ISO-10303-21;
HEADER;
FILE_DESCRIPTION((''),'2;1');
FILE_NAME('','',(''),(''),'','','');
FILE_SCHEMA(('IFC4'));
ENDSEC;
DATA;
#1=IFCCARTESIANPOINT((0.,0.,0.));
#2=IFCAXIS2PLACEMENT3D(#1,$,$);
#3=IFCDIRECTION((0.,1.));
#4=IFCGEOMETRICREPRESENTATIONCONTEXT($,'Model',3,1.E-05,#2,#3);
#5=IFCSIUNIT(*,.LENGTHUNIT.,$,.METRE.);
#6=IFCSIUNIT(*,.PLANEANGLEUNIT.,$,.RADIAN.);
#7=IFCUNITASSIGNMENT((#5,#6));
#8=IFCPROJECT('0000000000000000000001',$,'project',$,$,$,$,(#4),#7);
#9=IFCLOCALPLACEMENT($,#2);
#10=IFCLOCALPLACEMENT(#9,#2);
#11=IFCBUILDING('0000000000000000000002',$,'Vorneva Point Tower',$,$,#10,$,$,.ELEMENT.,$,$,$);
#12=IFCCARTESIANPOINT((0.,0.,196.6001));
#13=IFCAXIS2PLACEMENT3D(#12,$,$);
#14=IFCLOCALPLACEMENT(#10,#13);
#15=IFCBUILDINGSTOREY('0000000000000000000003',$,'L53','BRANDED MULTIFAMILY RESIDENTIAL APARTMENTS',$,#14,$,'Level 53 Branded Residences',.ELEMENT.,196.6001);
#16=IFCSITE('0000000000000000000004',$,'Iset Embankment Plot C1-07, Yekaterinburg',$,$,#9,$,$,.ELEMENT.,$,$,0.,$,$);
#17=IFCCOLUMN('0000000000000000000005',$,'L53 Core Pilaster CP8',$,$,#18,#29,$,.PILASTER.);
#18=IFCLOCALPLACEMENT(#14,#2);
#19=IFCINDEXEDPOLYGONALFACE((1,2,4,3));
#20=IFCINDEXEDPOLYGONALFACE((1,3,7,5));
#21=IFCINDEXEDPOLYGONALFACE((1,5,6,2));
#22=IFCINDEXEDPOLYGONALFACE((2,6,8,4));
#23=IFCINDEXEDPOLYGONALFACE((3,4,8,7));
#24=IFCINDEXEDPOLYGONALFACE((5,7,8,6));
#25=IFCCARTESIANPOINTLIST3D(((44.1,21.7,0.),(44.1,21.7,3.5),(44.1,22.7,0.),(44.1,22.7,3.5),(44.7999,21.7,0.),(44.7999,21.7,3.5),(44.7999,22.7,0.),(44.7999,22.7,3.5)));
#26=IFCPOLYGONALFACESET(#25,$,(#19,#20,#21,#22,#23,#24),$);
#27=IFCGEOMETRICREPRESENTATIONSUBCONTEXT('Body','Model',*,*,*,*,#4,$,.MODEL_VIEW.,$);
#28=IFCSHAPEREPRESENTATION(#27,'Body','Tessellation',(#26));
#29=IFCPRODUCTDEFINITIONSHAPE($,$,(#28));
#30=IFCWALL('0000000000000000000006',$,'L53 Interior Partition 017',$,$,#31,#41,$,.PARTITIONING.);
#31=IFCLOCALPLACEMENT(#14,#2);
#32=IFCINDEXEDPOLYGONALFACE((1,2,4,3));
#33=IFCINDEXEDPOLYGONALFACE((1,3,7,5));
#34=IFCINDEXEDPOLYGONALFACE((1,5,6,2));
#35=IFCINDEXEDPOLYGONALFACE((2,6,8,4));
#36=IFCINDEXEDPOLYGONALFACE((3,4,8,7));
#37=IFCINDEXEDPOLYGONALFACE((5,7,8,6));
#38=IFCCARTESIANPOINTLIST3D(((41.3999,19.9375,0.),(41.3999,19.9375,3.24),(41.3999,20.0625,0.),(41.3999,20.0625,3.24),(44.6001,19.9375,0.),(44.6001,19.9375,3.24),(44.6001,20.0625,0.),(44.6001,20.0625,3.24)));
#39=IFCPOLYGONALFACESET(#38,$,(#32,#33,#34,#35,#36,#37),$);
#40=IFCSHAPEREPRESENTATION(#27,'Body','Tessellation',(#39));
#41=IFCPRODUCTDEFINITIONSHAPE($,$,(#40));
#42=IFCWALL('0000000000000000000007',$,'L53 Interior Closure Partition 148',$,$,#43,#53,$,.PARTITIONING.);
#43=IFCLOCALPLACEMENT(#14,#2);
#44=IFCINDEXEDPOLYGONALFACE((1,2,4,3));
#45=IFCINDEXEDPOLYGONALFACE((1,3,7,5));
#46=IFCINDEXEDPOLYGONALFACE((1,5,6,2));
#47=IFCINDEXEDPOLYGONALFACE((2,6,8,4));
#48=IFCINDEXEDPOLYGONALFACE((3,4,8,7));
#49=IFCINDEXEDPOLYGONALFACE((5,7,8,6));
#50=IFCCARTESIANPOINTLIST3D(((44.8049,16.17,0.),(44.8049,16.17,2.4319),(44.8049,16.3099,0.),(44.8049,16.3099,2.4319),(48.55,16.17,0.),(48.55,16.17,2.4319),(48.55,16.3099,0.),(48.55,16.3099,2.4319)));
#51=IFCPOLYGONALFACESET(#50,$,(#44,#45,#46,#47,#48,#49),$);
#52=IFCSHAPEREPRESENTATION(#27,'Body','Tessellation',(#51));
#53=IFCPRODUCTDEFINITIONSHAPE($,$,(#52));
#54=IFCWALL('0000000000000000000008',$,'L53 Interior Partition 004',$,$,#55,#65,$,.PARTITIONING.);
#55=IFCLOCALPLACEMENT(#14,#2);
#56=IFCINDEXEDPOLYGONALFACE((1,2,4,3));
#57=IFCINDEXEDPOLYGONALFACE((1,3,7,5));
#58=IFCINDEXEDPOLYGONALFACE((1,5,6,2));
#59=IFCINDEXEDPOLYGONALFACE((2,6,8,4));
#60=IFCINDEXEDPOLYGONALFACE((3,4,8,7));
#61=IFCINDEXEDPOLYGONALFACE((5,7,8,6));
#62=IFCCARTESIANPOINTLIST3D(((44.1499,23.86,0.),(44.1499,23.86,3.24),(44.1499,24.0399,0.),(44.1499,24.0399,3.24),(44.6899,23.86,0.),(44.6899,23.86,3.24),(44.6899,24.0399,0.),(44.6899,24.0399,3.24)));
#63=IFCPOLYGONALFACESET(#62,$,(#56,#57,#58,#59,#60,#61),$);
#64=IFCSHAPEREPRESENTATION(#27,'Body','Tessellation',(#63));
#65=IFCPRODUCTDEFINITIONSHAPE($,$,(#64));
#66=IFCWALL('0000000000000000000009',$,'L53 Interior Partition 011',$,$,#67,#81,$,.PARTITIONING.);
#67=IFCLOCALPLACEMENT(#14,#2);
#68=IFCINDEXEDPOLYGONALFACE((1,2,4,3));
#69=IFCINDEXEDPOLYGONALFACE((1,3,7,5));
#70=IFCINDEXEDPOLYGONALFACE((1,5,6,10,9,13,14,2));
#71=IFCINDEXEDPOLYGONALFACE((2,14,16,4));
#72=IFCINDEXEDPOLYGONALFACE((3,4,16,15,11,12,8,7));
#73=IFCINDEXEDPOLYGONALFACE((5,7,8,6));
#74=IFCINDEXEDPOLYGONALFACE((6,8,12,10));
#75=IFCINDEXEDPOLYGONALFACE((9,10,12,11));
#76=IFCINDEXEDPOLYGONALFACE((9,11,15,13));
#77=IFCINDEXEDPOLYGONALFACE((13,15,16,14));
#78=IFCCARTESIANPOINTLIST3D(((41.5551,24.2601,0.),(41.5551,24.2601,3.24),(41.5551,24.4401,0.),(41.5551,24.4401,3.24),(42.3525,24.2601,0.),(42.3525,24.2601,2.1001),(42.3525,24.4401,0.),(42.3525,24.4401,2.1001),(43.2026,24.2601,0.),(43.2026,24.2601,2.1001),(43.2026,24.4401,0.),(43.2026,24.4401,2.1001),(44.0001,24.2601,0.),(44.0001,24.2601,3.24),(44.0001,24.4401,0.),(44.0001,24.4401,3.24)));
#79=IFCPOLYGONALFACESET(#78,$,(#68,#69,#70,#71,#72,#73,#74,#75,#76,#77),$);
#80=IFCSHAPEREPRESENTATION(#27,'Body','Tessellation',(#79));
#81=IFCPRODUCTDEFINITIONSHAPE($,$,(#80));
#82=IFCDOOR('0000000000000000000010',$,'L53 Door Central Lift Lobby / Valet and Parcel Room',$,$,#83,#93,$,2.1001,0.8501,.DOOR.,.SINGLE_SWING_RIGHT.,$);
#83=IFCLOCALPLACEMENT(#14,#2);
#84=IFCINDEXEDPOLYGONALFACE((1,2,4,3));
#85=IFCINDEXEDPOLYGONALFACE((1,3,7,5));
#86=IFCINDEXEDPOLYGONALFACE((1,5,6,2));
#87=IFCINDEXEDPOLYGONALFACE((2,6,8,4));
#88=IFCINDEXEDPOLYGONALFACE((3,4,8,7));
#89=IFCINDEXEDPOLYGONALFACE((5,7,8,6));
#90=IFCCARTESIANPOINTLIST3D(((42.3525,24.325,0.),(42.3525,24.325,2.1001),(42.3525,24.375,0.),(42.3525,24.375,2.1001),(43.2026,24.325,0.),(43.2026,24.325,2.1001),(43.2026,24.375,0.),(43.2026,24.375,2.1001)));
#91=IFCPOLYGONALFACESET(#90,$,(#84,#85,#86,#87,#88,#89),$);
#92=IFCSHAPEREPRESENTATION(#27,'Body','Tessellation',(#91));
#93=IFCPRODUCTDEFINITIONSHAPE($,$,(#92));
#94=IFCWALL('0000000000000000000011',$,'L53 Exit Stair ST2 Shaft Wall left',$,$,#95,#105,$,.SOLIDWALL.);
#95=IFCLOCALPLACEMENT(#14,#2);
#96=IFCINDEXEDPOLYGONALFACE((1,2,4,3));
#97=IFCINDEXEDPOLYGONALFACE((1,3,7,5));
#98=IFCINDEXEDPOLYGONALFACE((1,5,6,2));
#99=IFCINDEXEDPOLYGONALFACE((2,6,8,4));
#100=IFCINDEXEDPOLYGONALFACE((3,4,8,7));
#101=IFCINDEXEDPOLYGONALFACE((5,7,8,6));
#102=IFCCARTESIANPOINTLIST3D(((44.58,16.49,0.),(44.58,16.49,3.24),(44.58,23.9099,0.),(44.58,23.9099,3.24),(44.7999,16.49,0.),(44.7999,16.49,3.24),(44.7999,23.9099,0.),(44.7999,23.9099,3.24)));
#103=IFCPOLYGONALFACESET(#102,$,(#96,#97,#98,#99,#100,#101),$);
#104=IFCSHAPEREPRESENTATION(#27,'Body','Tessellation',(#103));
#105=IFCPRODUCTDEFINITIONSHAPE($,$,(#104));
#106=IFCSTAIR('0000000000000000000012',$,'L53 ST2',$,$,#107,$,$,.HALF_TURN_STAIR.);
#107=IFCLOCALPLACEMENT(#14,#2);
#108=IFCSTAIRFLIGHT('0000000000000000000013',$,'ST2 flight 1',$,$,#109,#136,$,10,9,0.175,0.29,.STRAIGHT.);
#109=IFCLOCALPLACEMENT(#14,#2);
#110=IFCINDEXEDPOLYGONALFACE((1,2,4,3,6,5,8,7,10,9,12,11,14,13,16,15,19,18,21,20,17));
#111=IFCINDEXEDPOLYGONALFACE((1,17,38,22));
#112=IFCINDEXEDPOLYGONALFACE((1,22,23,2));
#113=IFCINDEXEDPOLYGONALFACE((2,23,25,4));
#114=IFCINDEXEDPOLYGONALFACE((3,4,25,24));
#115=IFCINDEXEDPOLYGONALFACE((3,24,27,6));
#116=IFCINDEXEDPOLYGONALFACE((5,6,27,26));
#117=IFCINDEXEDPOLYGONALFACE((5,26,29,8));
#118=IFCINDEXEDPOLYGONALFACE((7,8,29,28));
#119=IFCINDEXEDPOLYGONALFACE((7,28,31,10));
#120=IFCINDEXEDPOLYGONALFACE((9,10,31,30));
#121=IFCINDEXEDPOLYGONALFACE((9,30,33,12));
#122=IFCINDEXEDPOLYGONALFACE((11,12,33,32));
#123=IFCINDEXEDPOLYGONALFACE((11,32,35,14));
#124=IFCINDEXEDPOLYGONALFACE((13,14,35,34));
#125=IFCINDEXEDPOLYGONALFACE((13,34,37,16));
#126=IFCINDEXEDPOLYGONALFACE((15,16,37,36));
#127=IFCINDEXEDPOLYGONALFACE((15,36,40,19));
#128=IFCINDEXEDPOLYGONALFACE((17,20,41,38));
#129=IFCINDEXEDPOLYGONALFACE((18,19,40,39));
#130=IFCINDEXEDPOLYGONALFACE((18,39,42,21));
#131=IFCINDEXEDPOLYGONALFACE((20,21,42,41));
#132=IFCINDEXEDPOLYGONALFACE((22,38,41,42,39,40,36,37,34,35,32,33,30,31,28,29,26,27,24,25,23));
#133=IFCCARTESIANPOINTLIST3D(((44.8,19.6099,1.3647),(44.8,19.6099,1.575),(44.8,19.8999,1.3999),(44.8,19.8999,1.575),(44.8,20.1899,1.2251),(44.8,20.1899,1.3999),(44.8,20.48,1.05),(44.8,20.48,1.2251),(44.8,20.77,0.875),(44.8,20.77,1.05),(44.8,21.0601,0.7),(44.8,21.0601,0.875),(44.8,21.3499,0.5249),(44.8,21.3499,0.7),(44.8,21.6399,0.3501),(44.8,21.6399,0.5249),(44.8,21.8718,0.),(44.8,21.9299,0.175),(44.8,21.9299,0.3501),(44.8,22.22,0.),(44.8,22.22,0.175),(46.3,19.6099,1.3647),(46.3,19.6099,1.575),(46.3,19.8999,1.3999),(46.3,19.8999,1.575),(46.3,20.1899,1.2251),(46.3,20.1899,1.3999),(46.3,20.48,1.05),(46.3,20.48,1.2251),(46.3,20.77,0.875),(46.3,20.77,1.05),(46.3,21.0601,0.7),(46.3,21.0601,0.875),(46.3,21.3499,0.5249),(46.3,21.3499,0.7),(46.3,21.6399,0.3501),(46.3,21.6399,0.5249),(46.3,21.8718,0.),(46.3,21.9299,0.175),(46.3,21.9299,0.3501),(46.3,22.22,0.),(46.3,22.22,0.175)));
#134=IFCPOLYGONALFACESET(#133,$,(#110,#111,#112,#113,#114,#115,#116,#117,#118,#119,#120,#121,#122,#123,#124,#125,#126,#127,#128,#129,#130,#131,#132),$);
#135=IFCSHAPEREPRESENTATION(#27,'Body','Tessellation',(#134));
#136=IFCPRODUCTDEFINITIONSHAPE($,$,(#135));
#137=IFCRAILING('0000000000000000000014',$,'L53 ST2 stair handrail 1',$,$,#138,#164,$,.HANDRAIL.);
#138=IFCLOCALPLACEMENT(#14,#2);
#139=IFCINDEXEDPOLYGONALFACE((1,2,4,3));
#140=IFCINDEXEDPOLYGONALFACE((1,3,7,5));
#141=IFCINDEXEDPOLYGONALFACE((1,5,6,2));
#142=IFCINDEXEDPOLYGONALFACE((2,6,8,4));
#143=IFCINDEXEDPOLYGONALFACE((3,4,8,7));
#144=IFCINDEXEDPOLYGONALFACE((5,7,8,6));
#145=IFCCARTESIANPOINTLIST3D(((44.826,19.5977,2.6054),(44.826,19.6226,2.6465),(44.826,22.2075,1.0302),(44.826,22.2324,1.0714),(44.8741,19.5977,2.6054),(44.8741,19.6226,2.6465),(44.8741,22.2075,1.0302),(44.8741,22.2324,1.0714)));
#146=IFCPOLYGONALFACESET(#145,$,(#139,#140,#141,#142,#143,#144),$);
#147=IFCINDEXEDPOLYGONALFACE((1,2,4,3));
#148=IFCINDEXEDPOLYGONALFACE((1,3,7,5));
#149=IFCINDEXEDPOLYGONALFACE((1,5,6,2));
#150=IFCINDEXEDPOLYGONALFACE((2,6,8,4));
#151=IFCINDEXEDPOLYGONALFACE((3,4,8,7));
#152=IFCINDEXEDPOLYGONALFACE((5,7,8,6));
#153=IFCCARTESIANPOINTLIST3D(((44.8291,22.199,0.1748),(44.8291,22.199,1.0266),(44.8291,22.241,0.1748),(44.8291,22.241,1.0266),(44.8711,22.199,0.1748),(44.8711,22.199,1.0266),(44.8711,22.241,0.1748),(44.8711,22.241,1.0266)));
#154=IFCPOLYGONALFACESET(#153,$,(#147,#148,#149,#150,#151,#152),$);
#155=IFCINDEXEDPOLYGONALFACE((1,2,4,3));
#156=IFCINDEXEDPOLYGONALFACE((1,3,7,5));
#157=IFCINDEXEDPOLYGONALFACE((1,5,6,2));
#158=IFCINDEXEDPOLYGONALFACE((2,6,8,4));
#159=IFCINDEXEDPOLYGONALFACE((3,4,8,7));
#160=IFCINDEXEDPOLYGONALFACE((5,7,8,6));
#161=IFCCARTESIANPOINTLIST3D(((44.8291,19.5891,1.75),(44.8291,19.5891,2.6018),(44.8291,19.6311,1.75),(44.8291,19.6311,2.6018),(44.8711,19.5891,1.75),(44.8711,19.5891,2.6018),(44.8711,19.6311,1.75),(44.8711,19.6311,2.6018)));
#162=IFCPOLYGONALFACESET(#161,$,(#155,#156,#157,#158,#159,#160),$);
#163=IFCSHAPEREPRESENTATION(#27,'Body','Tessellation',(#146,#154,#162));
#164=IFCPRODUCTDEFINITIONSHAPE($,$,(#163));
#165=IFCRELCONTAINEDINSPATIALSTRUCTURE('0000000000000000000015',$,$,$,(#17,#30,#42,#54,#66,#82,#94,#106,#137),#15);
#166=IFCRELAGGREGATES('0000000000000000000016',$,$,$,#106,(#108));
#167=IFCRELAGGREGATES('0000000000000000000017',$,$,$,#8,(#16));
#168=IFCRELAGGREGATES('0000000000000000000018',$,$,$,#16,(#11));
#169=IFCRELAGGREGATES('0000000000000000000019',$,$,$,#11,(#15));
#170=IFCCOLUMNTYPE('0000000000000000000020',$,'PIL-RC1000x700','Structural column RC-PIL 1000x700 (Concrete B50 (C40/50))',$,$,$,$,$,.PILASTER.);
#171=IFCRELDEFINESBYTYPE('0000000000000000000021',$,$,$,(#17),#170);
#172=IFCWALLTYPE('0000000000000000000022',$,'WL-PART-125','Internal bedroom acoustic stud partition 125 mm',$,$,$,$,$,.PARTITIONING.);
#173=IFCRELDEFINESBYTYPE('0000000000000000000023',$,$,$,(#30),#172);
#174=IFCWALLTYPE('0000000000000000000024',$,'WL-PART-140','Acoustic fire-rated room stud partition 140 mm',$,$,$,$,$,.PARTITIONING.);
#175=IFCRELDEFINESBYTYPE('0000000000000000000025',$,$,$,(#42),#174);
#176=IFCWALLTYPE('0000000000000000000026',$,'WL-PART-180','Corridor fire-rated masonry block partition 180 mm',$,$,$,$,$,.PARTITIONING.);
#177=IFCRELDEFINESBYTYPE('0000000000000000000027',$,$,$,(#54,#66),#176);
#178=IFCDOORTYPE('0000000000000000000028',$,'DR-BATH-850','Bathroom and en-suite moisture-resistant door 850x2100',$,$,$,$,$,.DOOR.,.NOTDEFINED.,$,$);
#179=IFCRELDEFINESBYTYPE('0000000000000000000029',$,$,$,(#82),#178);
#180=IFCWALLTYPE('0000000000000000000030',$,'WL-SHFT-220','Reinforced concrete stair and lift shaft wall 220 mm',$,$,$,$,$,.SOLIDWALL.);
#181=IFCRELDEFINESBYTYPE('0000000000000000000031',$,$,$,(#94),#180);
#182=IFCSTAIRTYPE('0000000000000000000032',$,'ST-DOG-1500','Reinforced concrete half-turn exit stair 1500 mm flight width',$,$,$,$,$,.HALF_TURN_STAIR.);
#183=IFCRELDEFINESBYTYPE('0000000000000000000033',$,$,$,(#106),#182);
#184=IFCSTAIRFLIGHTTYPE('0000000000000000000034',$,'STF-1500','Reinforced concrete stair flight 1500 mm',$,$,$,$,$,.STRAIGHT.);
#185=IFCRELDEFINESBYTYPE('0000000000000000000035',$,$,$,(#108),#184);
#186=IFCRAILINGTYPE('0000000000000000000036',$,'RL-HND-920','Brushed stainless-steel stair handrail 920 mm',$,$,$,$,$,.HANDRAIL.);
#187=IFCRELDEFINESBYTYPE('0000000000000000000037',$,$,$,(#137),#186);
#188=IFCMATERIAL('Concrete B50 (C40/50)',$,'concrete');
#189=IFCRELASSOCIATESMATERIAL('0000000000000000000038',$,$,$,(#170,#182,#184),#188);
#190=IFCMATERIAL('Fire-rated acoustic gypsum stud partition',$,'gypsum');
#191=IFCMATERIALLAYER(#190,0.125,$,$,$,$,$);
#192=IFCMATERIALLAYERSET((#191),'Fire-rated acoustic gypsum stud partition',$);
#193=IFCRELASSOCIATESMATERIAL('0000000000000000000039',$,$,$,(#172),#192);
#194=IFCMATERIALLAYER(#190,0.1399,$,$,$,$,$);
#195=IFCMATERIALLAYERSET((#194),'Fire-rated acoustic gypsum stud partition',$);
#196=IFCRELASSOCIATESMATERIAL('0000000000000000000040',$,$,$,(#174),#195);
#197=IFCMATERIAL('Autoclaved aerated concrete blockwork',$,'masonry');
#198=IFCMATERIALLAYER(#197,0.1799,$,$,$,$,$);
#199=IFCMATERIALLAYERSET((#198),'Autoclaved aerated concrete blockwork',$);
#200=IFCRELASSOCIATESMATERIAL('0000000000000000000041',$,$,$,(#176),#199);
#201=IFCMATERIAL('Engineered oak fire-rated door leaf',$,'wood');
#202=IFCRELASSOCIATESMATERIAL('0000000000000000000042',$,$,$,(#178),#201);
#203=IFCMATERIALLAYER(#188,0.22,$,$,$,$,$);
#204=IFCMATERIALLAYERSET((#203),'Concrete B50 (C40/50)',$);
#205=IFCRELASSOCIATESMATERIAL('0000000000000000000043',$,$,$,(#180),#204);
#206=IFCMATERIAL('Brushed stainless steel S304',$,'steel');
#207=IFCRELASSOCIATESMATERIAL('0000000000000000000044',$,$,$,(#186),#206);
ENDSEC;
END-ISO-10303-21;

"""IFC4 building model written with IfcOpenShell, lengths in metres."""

from ifc_helpers import new_model, si_unit, direction, frame, frame_2d, origin, origin_2d, place, context, subcontext, project, spatial, polyline, rectangle, outline, extrude, material, layer, layer_set, material_profile, profile_set, type_object, element, fill, aggregate, save


model = new_model("IFC4")

# Units and contexts
model_context = context("Model", 3, precision=1e-05, world=origin(), true_north=direction((0.0, 1.0)))
body_context = subcontext(model_context, "Body", "Model", "MODEL_VIEW")
ifc_project = project(units=[si_unit("LENGTHUNIT", "METRE"), si_unit("PLANEANGLEUNIT", "RADIAN")], contexts=[model_context])

# Site, building, storey
site_placement = place(None, origin())
site = spatial("IfcSite", under=ifc_project, at=site_placement, Name="Iset Embankment Plot C1-07, Yekaterinburg", CompositionType="ELEMENT", RefElevation=0.0)
building_placement = place(site_placement, origin())
building = spatial("IfcBuilding", under=site, at=building_placement, Name="Vorneva Point Tower", CompositionType="ELEMENT")
storey_placement = place(building_placement, frame((0.0, 0.0, 196.6001)))
storey = spatial("IfcBuildingStorey", under=building, at=storey_placement, Name="L53", Description="BRANDED MULTIFAMILY RESIDENTIAL APARTMENTS", LongName="Level 53 Branded Residences", CompositionType="ELEMENT", Elevation=196.6001)

# Column
ifc_material_1 = material(Name="Concrete B50 (C40/50)", Category="concrete")
ifc_material_profile = material_profile(ifc_material_1, rectangle(XDim=0.7, YDim=1.0, at=origin_2d()), Name="RC-PIL 1000x700")
ifc_profile_set = profile_set([ifc_material_profile], Name="Concrete B50 (C40/50)")
column_type = type_object("IfcColumnType", Name="PIL-RC1000x700", Description="Structural column RC-PIL 1000x700 (Concrete B50 (C40/50))", PredefinedType="PILASTER", material=ifc_profile_set)
column_placement = place(storey_placement, frame((44.45, 22.2, 0.0), z_axis=(0.0, 0.0, 1.0), x_axis=(1.0, 0.0, 0.0)))
element("IfcColumn", 1, at=column_placement, inside=storey, type_object=column_type, Name="L53 Core Pilaster CP8", PredefinedType="PILASTER", context=body_context, shape_type="SweptSolid", body=[
    extrude(rectangle(XDim=0.7, YDim=1.0, at=origin_2d()), origin(), (0.0, 0.0, 1.0), 3.5),
])

# Walls
ifc_material_2 = material(Name="Fire-rated acoustic gypsum stud partition", Category="gypsum")
ifc_layer_1 = layer(ifc_material_2, 0.125)
ifc_layer_set_1 = layer_set([ifc_layer_1], Name="Fire-rated acoustic gypsum stud partition")
wall_type_1 = type_object("IfcWallType", Name="WL-PART-125", Description="Internal bedroom acoustic stud partition 125 mm", PredefinedType="PARTITIONING", material=ifc_layer_set_1)
wall_1_placement = place(storey_placement, frame((44.6001, 20.0, 0.0), z_axis=(0.0, 0.0, 1.0), x_axis=(-1.0, 0.0, 0.0)))
element("IfcWall", 2, at=wall_1_placement, inside=storey, type_object=wall_type_1, Name="L53 Interior Partition 017", PredefinedType="PARTITIONING", context=body_context, shape_type="SweptSolid", body=[
    extrude(rectangle(XDim=3.2002, YDim=0.125, at=frame_2d((1.6001, 0.0))), origin(), (0.0, 0.0, 1.0), 3.24),
])
ifc_layer_2 = layer(ifc_material_2, 0.1399)
ifc_layer_set_2 = layer_set([ifc_layer_2], Name="Fire-rated acoustic gypsum stud partition")
wall_type_2 = type_object("IfcWallType", Name="WL-PART-140", Description="Acoustic fire-rated room stud partition 140 mm", PredefinedType="PARTITIONING", material=ifc_layer_set_2)
wall_2_placement = place(storey_placement, frame((44.8049, 16.24, 0.0), z_axis=(0.0, 0.0, 1.0), x_axis=(1.0, 0.0, 0.0)))
element("IfcWall", 3, at=wall_2_placement, inside=storey, type_object=wall_type_2, Name="L53 Interior Closure Partition 148", PredefinedType="PARTITIONING", context=body_context, shape_type="SweptSolid", body=[
    extrude(rectangle(XDim=3.7451, YDim=0.1399, at=frame_2d((1.8726, 0.0))), origin(), (0.0, 0.0, 1.0), 2.4319),
])
ifc_material_3 = material(Name="Autoclaved aerated concrete blockwork", Category="masonry")
ifc_layer_3 = layer(ifc_material_3, 0.1799)
ifc_layer_set_3 = layer_set([ifc_layer_3], Name="Autoclaved aerated concrete blockwork")
wall_type_3 = type_object("IfcWallType", Name="WL-PART-180", Description="Corridor fire-rated masonry block partition 180 mm", PredefinedType="PARTITIONING", material=ifc_layer_set_3)
wall_3_placement = place(storey_placement, frame((44.1499, 23.95, 0.0), z_axis=(0.0, 0.0, 1.0), x_axis=(1.0, 0.0, 0.0)))
element("IfcWall", 4, at=wall_3_placement, inside=storey, type_object=wall_type_3, Name="L53 Interior Partition 004", PredefinedType="PARTITIONING", context=body_context, shape_type="SweptSolid", body=[
    extrude(rectangle(XDim=0.54, YDim=0.1799, at=frame_2d((0.27, 0.0))), origin(), (0.0, 0.0, 1.0), 3.24),
])

# Wall, opening, door
wall_4_placement = place(storey_placement, frame((41.5549, 24.3501, 0.0), z_axis=(0.0, 0.0, 1.0), x_axis=(1.0, 0.0, 0.0)))
wall_4 = element("IfcWall", 5, at=wall_4_placement, inside=storey, type_object=wall_type_3, Name="L53 Interior Partition 011", PredefinedType="PARTITIONING", context=body_context, shape_type="SweptSolid", body=[
    extrude(rectangle(XDim=2.4451, YDim=0.1799, at=frame_2d((1.2227, 0.0))), origin(), (0.0, 0.0, 1.0), 3.24),
])
opening_1_placement = place(wall_4_placement, frame((0.7976, 0.0, 0.0)))
opening_1 = element("IfcOpeningElement", 6, at=opening_1_placement, cuts=wall_4, PredefinedType="OPENING", context=body_context, shape_type="SweptSolid", body=[
    extrude(rectangle(XDim=0.8501, YDim=2.1001, at=frame_2d((0.425, 1.05))), frame((0.0, 0.105, 0.0), z_axis=(0.0, -1.0, 0.0), x_axis=(1.0, 0.0, 0.0)), (0.0, 0.0, 1.0), 0.2097),
])
ifc_material_4 = material(Name="Engineered oak fire-rated door leaf", Category="wood")
door_type_1 = type_object("IfcDoorType", Name="DR-BATH-850", Description="Bathroom and en-suite moisture-resistant door 850x2100", OperationType="NOTDEFINED", PredefinedType="DOOR", material=ifc_material_4)
door_1_placement = place(opening_1_placement, origin())
door_1 = element("IfcDoor", 7, at=door_1_placement, inside=storey, type_object=door_type_1, Name="L53 Door Central Lift Lobby / Valet and Parcel Room", OperationType="SINGLE_SWING_RIGHT", OverallHeight=2.1001, OverallWidth=0.8501, PredefinedType="DOOR", context=body_context, shape_type="SweptSolid", body=[
    extrude(rectangle(XDim=0.8501, YDim=2.1001, at=frame_2d((0.425, 1.05))), frame((0.0, 0.0249, 0.0), z_axis=(0.0, -1.0, 0.0), x_axis=(1.0, 0.0, 0.0)), (0.0, 0.0, 1.0), 0.05),
])
fill(opening_1, door_1)
ifc_layer_4 = layer(ifc_material_1, 0.22)
ifc_layer_set_4 = layer_set([ifc_layer_4], Name="Concrete B50 (C40/50)")
wall_type_4 = type_object("IfcWallType", Name="WL-SHFT-220", Description="Reinforced concrete stair and lift shaft wall 220 mm", PredefinedType="SOLIDWALL", material=ifc_layer_set_4)

# Wall
wall_5_placement = place(storey_placement, frame((44.6899, 16.49, 0.0), z_axis=(0.0, 0.0, 1.0), x_axis=(0.0, 1.0, 0.0)))
element("IfcWall", 8, at=wall_5_placement, inside=storey, type_object=wall_type_4, Name="L53 Exit Stair ST2 Shaft Wall left", PredefinedType="SOLIDWALL", context=body_context, shape_type="SweptSolid", body=[
    extrude(rectangle(XDim=7.4199, YDim=0.22, at=frame_2d((3.71, 0.0))), origin(), (0.0, 0.0, 1.0), 3.24),
])

# Stair, stair flight
stair_type = type_object("IfcStairType", Name="ST-DOG-1500", Description="Reinforced concrete half-turn exit stair 1500 mm flight width", PredefinedType="HALF_TURN_STAIR", material=ifc_material_1)
stair_placement = place(storey_placement, origin())
stair = element("IfcStair", 9, at=stair_placement, inside=storey, type_object=stair_type, Name="L53 ST2", PredefinedType="HALF_TURN_STAIR")
stair_flight_type = type_object("IfcStairFlightType", Name="STF-1500", Description="Reinforced concrete stair flight 1500 mm", PredefinedType="STRAIGHT", material=ifc_material_1)
stair_flight_placement = place(storey_placement, frame((45.55, 22.22, 0.0), z_axis=(0.0, 0.0, 1.0), x_axis=(0.0, -1.0, 0.0)))
stair_flight = element("IfcStairFlight", 10, at=stair_flight_placement, type_object=stair_flight_type, Name="ST2 flight 1", NumberOfRisers=10, NumberOfTreads=9, PredefinedType="STRAIGHT", RiserHeight=0.175, TreadLength=0.29, context=body_context, shape_type="SweptSolid", body=[
    extrude(outline(polyline([(0.0, 0.0), (0.0, 0.175), (0.29, 0.175), (0.29, 0.3501), (0.5801, 0.3501), (0.5801, 0.5249), (0.8701, 0.5249), (0.8701, 0.7), (1.1599, 0.7), (1.1599, 0.875), (1.45, 0.875), (1.45, 1.05), (1.74, 1.05), (1.74, 1.2251), (2.03, 1.2251), (2.03, 1.3999), (2.3201, 1.3999), (2.3201, 1.575), (2.6101, 1.575), (2.6101, 1.75), (2.6101, 1.3647), (0.3481, 0.0), (0.0, 0.0)])), frame((0.0, 0.75, 0.0), z_axis=(0.0, -1.0, 0.0), x_axis=(1.0, 0.0, 0.0)), (0.0, 0.0, 1.0), 1.5),
])
aggregate(stair, [stair_flight])

# Railing
ifc_material_5 = material(Name="Brushed stainless steel S304", Category="steel")
railing_type_1 = type_object("IfcRailingType", Name="RL-HND-920", Description="Brushed stainless-steel stair handrail 920 mm", PredefinedType="HANDRAIL", material=ifc_material_5)
railing_1_placement = place(storey_placement, frame((44.8501, 22.22, 0.1748)))
element("IfcRailing", 11, at=railing_1_placement, inside=storey, type_object=railing_type_1, Name="L53 ST2 stair handrail 1", PredefinedType="HANDRAIL", context=body_context, shape_type="SweptSolid", body=[
    extrude(rectangle(XDim=0.0481, YDim=0.0481, at=origin_2d()), frame((0.0, 0.0, 0.876), z_axis=(0.0, -0.856147, 0.516732), x_axis=(1.0, 0.0, 0.0)), (0.0, 0.0, 1.0), 3.0483),
    extrude(rectangle(XDim=0.042, YDim=0.042, at=origin_2d()), origin(), (0.0, 0.0, 1.0), 0.8518),
    extrude(rectangle(XDim=0.042, YDim=0.042, at=origin_2d()), frame((0.0, -2.6099, 1.5752)), (0.0, 0.0, 1.0), 0.8518),
])

save(model, "model.ifc")
